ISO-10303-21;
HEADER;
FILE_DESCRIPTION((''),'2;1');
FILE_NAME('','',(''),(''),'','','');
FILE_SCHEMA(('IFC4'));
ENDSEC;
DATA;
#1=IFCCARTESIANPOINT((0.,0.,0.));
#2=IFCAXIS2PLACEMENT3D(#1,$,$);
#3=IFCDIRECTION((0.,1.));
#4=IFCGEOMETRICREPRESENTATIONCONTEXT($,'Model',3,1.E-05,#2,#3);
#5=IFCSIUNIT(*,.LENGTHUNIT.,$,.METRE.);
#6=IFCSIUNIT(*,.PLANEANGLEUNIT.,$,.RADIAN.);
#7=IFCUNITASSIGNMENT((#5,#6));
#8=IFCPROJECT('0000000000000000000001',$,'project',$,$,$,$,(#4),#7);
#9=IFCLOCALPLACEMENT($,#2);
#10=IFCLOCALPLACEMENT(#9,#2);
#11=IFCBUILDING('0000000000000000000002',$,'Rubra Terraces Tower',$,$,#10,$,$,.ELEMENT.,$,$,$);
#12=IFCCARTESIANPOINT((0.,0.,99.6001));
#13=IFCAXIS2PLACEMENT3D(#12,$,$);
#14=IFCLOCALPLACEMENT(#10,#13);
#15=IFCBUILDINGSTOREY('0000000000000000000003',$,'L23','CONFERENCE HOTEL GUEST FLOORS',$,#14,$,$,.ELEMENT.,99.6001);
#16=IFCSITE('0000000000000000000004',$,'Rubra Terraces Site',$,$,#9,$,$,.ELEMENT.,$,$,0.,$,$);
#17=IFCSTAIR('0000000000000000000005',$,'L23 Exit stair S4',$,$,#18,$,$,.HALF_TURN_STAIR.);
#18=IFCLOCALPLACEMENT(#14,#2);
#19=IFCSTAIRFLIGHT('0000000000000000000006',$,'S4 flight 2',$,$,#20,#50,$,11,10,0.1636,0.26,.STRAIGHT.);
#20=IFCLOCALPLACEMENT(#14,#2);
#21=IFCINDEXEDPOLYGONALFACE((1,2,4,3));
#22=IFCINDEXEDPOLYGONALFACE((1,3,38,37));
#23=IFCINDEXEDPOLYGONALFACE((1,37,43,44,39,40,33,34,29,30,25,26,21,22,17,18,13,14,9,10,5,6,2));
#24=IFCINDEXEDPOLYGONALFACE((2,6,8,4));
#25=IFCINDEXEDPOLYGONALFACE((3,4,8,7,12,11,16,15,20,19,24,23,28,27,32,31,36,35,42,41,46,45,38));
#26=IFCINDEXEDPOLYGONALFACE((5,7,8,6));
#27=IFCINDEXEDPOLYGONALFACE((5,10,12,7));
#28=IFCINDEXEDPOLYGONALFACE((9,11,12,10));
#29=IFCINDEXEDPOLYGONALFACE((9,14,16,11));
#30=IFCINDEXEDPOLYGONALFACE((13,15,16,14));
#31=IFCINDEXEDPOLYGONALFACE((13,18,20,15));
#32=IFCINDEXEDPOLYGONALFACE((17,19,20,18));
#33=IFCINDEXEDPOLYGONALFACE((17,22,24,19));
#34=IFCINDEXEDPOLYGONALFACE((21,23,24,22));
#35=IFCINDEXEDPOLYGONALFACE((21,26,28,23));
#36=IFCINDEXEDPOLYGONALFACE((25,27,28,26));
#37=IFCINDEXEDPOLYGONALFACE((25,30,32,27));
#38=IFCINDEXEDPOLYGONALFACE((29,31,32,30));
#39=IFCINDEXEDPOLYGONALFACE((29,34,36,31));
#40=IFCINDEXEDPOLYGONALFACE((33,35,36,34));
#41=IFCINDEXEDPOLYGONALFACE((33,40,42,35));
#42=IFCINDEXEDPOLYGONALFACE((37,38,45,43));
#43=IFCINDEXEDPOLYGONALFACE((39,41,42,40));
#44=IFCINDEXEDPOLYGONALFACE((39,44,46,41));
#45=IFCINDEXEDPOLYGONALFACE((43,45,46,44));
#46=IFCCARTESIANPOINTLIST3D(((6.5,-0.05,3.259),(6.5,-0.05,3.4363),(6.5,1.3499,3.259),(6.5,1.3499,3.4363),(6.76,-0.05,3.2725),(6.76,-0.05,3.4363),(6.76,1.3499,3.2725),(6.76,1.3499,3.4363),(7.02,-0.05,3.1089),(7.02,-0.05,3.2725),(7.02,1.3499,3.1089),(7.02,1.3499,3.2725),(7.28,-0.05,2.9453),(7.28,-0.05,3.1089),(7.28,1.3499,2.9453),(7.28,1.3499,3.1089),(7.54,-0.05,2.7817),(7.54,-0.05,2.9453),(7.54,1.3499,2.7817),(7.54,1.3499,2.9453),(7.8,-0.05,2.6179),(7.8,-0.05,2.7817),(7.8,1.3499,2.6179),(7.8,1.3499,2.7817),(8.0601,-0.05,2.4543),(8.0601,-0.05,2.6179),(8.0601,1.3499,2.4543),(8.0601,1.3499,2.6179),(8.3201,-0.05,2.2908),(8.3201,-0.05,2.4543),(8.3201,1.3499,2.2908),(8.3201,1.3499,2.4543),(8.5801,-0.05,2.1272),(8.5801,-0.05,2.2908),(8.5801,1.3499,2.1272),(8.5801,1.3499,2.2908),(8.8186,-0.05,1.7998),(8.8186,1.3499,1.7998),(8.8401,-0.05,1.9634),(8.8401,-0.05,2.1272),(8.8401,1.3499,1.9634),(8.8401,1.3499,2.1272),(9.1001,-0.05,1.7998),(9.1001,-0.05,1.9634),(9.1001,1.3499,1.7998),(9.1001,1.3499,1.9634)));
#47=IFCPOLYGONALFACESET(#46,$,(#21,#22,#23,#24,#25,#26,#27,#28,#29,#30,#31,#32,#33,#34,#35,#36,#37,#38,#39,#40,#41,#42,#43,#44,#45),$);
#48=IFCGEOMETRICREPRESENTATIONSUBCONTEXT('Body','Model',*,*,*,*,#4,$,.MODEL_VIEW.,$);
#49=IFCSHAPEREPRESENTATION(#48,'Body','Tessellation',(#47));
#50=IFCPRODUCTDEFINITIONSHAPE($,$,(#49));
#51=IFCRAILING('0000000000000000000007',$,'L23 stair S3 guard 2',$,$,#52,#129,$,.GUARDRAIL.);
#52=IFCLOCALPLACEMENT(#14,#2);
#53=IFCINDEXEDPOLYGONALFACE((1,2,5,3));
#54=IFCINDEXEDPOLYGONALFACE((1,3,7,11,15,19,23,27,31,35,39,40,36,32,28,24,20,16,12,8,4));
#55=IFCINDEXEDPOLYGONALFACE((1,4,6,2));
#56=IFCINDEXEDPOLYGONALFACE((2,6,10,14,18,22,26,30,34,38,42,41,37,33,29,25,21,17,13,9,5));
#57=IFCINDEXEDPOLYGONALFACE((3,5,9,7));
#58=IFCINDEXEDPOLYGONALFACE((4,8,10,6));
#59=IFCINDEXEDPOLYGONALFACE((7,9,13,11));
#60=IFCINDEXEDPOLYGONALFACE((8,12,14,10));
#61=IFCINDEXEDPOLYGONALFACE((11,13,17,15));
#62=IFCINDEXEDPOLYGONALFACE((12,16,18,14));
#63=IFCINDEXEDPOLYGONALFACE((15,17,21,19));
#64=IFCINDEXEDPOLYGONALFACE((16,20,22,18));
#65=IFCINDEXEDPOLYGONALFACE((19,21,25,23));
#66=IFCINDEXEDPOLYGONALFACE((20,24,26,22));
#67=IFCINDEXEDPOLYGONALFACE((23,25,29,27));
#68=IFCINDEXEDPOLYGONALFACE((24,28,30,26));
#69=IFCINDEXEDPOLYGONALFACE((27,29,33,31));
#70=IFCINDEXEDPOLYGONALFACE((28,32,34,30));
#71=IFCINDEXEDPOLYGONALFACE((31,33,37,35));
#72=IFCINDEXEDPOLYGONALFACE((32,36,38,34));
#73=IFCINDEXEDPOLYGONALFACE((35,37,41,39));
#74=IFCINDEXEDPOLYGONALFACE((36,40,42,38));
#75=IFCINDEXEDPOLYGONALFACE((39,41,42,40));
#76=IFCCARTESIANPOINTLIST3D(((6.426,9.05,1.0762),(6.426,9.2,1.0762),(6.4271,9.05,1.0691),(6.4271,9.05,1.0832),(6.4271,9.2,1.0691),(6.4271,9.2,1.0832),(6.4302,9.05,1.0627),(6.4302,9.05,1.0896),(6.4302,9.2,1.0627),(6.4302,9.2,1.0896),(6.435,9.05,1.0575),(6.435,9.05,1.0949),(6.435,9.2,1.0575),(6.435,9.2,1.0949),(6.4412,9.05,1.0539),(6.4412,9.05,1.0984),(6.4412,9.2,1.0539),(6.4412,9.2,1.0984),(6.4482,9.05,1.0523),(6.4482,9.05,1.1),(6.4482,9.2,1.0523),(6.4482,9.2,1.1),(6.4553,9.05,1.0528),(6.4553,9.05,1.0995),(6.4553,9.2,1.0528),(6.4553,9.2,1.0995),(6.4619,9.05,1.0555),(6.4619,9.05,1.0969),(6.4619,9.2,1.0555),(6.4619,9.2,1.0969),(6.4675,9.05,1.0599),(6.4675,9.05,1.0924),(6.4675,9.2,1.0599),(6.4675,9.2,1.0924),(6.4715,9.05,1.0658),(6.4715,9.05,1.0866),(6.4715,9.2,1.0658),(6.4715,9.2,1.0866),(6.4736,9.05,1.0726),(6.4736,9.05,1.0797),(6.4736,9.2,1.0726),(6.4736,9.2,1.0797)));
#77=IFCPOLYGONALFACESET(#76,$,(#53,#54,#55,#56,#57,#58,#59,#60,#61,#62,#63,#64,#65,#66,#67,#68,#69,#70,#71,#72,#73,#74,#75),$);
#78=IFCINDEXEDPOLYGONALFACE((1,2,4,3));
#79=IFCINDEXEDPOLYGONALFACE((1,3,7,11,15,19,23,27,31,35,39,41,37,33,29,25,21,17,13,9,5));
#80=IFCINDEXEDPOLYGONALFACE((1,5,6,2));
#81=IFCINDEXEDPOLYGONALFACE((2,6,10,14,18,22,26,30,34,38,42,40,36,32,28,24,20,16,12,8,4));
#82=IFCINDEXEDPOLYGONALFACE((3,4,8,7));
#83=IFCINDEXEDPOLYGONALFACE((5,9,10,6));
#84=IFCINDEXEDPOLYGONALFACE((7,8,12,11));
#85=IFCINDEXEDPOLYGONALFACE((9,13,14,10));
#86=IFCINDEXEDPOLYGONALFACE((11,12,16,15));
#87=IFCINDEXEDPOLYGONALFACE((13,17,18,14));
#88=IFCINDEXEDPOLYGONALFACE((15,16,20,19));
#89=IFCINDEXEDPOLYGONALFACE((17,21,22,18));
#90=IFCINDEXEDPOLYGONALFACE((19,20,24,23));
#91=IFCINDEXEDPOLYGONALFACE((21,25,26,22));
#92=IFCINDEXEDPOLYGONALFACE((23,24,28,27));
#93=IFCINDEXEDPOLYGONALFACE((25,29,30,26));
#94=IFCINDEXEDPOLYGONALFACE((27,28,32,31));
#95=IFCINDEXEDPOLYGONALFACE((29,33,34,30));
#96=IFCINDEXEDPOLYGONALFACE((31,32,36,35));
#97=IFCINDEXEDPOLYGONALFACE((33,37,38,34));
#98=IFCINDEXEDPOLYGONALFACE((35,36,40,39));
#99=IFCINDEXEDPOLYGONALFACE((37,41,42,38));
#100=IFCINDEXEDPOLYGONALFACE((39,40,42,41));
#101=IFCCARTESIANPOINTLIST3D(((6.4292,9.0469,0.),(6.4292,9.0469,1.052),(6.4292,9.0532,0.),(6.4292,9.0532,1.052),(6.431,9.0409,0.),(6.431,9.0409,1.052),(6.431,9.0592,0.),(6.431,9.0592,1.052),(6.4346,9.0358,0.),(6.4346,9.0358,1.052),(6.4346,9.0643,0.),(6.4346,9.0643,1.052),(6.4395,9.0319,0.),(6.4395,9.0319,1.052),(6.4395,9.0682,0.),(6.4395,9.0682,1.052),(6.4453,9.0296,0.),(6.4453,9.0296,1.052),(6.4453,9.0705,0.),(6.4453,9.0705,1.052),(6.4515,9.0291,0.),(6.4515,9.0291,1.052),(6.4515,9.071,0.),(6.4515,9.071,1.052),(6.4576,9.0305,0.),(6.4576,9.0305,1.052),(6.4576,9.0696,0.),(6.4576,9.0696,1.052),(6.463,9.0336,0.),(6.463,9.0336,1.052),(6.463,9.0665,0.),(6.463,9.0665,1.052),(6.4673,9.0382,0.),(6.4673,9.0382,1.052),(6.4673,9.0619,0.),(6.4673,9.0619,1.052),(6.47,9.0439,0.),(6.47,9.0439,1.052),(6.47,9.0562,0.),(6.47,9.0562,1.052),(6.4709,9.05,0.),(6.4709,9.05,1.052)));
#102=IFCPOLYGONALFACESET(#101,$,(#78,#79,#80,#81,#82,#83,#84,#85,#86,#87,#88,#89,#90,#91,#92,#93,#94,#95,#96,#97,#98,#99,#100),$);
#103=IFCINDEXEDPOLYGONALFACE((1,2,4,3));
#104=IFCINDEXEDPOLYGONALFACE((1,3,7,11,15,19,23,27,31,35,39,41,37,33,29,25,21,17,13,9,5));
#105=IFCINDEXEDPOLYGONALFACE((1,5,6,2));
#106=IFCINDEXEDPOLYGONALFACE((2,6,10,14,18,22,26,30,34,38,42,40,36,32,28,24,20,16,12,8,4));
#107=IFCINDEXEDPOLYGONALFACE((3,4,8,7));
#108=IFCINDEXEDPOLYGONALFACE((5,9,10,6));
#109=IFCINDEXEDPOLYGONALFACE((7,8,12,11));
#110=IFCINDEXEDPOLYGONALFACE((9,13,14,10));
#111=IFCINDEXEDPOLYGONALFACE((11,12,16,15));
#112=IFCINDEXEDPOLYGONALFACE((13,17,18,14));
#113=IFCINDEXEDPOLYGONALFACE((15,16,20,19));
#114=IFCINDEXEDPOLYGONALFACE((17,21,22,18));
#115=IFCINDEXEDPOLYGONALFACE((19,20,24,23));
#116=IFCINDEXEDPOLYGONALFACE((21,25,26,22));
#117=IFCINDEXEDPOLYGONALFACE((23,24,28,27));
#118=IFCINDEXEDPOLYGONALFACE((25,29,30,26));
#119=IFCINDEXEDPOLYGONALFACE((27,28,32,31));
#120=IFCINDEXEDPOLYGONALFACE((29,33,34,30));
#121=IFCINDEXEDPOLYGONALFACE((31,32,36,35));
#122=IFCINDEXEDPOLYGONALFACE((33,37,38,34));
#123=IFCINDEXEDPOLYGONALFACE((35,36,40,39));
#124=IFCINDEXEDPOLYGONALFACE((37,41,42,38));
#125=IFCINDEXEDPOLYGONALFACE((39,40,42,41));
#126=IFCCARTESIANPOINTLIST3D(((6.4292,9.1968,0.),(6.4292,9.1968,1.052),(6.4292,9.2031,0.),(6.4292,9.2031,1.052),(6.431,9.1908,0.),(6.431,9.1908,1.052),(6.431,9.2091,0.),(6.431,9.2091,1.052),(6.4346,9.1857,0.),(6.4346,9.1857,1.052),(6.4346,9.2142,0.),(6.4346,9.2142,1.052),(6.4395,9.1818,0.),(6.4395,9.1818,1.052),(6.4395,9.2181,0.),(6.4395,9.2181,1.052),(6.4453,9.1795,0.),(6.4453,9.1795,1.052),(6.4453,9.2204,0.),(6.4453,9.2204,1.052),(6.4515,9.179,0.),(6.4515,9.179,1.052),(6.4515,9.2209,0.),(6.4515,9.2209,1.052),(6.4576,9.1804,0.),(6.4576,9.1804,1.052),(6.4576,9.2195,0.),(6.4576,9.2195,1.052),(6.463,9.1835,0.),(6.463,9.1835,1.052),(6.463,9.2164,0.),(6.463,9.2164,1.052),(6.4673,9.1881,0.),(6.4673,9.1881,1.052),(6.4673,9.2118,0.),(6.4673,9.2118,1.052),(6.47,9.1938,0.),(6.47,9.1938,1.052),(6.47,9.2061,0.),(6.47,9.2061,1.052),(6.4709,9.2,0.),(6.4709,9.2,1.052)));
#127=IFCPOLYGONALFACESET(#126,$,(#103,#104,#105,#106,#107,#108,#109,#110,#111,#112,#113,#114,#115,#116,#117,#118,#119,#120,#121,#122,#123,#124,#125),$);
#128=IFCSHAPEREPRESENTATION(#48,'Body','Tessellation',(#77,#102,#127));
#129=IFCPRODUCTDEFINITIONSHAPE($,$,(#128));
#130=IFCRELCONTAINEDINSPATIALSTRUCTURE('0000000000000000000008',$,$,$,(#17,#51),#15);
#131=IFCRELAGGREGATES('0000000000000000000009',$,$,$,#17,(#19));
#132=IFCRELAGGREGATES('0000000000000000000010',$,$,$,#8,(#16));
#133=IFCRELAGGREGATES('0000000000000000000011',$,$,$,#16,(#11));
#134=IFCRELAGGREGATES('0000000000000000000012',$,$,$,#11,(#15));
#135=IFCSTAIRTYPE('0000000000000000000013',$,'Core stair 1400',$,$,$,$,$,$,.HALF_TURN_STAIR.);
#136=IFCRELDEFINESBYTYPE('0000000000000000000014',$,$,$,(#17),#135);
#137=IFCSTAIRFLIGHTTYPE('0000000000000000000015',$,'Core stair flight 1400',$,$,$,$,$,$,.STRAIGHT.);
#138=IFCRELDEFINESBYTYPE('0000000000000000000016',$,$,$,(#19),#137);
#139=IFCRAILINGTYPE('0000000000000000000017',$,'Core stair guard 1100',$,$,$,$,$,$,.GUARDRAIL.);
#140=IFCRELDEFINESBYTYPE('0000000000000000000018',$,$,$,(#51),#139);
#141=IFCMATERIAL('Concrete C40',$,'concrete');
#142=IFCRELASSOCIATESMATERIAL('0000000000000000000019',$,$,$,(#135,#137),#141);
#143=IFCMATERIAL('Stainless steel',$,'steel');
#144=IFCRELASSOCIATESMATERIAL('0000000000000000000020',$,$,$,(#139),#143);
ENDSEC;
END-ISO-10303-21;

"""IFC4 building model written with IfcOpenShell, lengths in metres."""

from ifc_helpers import new_model, si_unit, direction, frame, origin, origin_2d, place, context, subcontext, project, spatial, polyline, circle, outline, extrude, material, type_object, element, aggregate, save


model = new_model("IFC4")

# Units and contexts
model_context = context("Model", 3, precision=1e-05, world=origin(), true_north=direction((0.0, 1.0)))
body_context = subcontext(model_context, "Body", "Model", "MODEL_VIEW")
ifc_project = project(units=[si_unit("LENGTHUNIT", "METRE"), si_unit("PLANEANGLEUNIT", "RADIAN")], contexts=[model_context])

# Site, building, storey
site_placement = place(None, origin())
site = spatial("IfcSite", under=ifc_project, at=site_placement, Name="Rubra Terraces Site", CompositionType="ELEMENT", RefElevation=0.0)
building_placement = place(site_placement, origin())
building = spatial("IfcBuilding", under=site, at=building_placement, Name="Rubra Terraces Tower", CompositionType="ELEMENT")
storey_placement = place(building_placement, frame((0.0, 0.0, 99.6001)))
storey = spatial("IfcBuildingStorey", under=building, at=storey_placement, Name="L23", Description="CONFERENCE HOTEL GUEST FLOORS", CompositionType="ELEMENT", Elevation=99.6001)

# Shared definitions
ifc_material_1 = material(Name="Concrete C40", Category="concrete")

# Shared definitions
ifc_material_2 = material(Name="Stainless steel", Category="steel")

# Shared definitions
stair_type = type_object("IfcStairType", Name="Core stair 1400", PredefinedType="HALF_TURN_STAIR", material=ifc_material_1)
stair_flight_type = type_object("IfcStairFlightType", Name="Core stair flight 1400", PredefinedType="STRAIGHT", material=ifc_material_1)

# Stair, stair flight
stair_1_placement = place(storey_placement, origin())
stair_1 = element("IfcStair", 1, at=stair_1_placement, inside=storey, type_object=stair_type, Name="L23 Exit stair S4", PredefinedType="HALF_TURN_STAIR")
stair_flight_1_placement = place(storey_placement, frame((9.1001, 0.6499, 1.7998), z_axis=(0.0, 0.0, 1.0), x_axis=(-1.0, 0.0, 0.0)))
stair_flight_1 = element("IfcStairFlight", 2, at=stair_flight_1_placement, type_object=stair_flight_type, Name="S4 flight 2", NumberOfRisers=11, NumberOfTreads=10, PredefinedType="STRAIGHT", RiserHeight=0.1636, TreadLength=0.26, context=body_context, shape_type="SweptSolid", body=[
    extrude(outline(polyline([(0.0, 0.0), (0.0, 0.1636), (0.26, 0.1636), (0.26, 0.3274), (0.52, 0.3274), (0.52, 0.491), (0.78, 0.491), (0.78, 0.6545), (1.04, 0.6545), (1.04, 0.8181), (1.3, 0.8181), (1.3, 0.9819), (1.5601, 0.9819), (1.5601, 1.1455), (1.8201, 1.1455), (1.8201, 1.3091), (2.0801, 1.3091), (2.0801, 1.4727), (2.3401, 1.4727), (2.3401, 1.6365), (2.6001, 1.6365), (2.6001, 1.8), (2.6001, 1.4592), (0.2815, 0.0), (0.0, 0.0)])), frame((0.0, 0.7, 0.0), z_axis=(0.0, -1.0, 0.0), x_axis=(1.0, 0.0, 0.0)), (0.0, 0.0, 1.0), 1.3999),
])
aggregate(stair_1, [stair_flight_1])

# Railing
railing_type_1 = type_object("IfcRailingType", Name="Core stair guard 1100", PredefinedType="GUARDRAIL", material=ifc_material_2)
railing_1_placement = place(storey_placement, frame((6.45, 9.05, 0.0)))
element("IfcRailing", 3, at=railing_1_placement, inside=storey, type_object=railing_type_1, Name="L23 stair S3 guard 2", PredefinedType="GUARDRAIL", context=body_context, shape_type="SweptSolid", body=[
    extrude(circle(Radius=0.0239, at=origin_2d()), frame((0.0, 0.0, 1.0762), z_axis=(0.0, 1.0, 0.0), x_axis=(-1.0, 0.0, 0.0)), (0.0, 0.0, 1.0), 0.1499),
    extrude(circle(Radius=0.021, at=origin_2d()), origin(), (0.0, 0.0, 1.0), 1.052),
    extrude(circle(Radius=0.021, at=origin_2d()), frame((0.0, 0.1499, 0.0)), (0.0, 0.0, 1.0), 1.052),
])

save(model, "model.ifc")
